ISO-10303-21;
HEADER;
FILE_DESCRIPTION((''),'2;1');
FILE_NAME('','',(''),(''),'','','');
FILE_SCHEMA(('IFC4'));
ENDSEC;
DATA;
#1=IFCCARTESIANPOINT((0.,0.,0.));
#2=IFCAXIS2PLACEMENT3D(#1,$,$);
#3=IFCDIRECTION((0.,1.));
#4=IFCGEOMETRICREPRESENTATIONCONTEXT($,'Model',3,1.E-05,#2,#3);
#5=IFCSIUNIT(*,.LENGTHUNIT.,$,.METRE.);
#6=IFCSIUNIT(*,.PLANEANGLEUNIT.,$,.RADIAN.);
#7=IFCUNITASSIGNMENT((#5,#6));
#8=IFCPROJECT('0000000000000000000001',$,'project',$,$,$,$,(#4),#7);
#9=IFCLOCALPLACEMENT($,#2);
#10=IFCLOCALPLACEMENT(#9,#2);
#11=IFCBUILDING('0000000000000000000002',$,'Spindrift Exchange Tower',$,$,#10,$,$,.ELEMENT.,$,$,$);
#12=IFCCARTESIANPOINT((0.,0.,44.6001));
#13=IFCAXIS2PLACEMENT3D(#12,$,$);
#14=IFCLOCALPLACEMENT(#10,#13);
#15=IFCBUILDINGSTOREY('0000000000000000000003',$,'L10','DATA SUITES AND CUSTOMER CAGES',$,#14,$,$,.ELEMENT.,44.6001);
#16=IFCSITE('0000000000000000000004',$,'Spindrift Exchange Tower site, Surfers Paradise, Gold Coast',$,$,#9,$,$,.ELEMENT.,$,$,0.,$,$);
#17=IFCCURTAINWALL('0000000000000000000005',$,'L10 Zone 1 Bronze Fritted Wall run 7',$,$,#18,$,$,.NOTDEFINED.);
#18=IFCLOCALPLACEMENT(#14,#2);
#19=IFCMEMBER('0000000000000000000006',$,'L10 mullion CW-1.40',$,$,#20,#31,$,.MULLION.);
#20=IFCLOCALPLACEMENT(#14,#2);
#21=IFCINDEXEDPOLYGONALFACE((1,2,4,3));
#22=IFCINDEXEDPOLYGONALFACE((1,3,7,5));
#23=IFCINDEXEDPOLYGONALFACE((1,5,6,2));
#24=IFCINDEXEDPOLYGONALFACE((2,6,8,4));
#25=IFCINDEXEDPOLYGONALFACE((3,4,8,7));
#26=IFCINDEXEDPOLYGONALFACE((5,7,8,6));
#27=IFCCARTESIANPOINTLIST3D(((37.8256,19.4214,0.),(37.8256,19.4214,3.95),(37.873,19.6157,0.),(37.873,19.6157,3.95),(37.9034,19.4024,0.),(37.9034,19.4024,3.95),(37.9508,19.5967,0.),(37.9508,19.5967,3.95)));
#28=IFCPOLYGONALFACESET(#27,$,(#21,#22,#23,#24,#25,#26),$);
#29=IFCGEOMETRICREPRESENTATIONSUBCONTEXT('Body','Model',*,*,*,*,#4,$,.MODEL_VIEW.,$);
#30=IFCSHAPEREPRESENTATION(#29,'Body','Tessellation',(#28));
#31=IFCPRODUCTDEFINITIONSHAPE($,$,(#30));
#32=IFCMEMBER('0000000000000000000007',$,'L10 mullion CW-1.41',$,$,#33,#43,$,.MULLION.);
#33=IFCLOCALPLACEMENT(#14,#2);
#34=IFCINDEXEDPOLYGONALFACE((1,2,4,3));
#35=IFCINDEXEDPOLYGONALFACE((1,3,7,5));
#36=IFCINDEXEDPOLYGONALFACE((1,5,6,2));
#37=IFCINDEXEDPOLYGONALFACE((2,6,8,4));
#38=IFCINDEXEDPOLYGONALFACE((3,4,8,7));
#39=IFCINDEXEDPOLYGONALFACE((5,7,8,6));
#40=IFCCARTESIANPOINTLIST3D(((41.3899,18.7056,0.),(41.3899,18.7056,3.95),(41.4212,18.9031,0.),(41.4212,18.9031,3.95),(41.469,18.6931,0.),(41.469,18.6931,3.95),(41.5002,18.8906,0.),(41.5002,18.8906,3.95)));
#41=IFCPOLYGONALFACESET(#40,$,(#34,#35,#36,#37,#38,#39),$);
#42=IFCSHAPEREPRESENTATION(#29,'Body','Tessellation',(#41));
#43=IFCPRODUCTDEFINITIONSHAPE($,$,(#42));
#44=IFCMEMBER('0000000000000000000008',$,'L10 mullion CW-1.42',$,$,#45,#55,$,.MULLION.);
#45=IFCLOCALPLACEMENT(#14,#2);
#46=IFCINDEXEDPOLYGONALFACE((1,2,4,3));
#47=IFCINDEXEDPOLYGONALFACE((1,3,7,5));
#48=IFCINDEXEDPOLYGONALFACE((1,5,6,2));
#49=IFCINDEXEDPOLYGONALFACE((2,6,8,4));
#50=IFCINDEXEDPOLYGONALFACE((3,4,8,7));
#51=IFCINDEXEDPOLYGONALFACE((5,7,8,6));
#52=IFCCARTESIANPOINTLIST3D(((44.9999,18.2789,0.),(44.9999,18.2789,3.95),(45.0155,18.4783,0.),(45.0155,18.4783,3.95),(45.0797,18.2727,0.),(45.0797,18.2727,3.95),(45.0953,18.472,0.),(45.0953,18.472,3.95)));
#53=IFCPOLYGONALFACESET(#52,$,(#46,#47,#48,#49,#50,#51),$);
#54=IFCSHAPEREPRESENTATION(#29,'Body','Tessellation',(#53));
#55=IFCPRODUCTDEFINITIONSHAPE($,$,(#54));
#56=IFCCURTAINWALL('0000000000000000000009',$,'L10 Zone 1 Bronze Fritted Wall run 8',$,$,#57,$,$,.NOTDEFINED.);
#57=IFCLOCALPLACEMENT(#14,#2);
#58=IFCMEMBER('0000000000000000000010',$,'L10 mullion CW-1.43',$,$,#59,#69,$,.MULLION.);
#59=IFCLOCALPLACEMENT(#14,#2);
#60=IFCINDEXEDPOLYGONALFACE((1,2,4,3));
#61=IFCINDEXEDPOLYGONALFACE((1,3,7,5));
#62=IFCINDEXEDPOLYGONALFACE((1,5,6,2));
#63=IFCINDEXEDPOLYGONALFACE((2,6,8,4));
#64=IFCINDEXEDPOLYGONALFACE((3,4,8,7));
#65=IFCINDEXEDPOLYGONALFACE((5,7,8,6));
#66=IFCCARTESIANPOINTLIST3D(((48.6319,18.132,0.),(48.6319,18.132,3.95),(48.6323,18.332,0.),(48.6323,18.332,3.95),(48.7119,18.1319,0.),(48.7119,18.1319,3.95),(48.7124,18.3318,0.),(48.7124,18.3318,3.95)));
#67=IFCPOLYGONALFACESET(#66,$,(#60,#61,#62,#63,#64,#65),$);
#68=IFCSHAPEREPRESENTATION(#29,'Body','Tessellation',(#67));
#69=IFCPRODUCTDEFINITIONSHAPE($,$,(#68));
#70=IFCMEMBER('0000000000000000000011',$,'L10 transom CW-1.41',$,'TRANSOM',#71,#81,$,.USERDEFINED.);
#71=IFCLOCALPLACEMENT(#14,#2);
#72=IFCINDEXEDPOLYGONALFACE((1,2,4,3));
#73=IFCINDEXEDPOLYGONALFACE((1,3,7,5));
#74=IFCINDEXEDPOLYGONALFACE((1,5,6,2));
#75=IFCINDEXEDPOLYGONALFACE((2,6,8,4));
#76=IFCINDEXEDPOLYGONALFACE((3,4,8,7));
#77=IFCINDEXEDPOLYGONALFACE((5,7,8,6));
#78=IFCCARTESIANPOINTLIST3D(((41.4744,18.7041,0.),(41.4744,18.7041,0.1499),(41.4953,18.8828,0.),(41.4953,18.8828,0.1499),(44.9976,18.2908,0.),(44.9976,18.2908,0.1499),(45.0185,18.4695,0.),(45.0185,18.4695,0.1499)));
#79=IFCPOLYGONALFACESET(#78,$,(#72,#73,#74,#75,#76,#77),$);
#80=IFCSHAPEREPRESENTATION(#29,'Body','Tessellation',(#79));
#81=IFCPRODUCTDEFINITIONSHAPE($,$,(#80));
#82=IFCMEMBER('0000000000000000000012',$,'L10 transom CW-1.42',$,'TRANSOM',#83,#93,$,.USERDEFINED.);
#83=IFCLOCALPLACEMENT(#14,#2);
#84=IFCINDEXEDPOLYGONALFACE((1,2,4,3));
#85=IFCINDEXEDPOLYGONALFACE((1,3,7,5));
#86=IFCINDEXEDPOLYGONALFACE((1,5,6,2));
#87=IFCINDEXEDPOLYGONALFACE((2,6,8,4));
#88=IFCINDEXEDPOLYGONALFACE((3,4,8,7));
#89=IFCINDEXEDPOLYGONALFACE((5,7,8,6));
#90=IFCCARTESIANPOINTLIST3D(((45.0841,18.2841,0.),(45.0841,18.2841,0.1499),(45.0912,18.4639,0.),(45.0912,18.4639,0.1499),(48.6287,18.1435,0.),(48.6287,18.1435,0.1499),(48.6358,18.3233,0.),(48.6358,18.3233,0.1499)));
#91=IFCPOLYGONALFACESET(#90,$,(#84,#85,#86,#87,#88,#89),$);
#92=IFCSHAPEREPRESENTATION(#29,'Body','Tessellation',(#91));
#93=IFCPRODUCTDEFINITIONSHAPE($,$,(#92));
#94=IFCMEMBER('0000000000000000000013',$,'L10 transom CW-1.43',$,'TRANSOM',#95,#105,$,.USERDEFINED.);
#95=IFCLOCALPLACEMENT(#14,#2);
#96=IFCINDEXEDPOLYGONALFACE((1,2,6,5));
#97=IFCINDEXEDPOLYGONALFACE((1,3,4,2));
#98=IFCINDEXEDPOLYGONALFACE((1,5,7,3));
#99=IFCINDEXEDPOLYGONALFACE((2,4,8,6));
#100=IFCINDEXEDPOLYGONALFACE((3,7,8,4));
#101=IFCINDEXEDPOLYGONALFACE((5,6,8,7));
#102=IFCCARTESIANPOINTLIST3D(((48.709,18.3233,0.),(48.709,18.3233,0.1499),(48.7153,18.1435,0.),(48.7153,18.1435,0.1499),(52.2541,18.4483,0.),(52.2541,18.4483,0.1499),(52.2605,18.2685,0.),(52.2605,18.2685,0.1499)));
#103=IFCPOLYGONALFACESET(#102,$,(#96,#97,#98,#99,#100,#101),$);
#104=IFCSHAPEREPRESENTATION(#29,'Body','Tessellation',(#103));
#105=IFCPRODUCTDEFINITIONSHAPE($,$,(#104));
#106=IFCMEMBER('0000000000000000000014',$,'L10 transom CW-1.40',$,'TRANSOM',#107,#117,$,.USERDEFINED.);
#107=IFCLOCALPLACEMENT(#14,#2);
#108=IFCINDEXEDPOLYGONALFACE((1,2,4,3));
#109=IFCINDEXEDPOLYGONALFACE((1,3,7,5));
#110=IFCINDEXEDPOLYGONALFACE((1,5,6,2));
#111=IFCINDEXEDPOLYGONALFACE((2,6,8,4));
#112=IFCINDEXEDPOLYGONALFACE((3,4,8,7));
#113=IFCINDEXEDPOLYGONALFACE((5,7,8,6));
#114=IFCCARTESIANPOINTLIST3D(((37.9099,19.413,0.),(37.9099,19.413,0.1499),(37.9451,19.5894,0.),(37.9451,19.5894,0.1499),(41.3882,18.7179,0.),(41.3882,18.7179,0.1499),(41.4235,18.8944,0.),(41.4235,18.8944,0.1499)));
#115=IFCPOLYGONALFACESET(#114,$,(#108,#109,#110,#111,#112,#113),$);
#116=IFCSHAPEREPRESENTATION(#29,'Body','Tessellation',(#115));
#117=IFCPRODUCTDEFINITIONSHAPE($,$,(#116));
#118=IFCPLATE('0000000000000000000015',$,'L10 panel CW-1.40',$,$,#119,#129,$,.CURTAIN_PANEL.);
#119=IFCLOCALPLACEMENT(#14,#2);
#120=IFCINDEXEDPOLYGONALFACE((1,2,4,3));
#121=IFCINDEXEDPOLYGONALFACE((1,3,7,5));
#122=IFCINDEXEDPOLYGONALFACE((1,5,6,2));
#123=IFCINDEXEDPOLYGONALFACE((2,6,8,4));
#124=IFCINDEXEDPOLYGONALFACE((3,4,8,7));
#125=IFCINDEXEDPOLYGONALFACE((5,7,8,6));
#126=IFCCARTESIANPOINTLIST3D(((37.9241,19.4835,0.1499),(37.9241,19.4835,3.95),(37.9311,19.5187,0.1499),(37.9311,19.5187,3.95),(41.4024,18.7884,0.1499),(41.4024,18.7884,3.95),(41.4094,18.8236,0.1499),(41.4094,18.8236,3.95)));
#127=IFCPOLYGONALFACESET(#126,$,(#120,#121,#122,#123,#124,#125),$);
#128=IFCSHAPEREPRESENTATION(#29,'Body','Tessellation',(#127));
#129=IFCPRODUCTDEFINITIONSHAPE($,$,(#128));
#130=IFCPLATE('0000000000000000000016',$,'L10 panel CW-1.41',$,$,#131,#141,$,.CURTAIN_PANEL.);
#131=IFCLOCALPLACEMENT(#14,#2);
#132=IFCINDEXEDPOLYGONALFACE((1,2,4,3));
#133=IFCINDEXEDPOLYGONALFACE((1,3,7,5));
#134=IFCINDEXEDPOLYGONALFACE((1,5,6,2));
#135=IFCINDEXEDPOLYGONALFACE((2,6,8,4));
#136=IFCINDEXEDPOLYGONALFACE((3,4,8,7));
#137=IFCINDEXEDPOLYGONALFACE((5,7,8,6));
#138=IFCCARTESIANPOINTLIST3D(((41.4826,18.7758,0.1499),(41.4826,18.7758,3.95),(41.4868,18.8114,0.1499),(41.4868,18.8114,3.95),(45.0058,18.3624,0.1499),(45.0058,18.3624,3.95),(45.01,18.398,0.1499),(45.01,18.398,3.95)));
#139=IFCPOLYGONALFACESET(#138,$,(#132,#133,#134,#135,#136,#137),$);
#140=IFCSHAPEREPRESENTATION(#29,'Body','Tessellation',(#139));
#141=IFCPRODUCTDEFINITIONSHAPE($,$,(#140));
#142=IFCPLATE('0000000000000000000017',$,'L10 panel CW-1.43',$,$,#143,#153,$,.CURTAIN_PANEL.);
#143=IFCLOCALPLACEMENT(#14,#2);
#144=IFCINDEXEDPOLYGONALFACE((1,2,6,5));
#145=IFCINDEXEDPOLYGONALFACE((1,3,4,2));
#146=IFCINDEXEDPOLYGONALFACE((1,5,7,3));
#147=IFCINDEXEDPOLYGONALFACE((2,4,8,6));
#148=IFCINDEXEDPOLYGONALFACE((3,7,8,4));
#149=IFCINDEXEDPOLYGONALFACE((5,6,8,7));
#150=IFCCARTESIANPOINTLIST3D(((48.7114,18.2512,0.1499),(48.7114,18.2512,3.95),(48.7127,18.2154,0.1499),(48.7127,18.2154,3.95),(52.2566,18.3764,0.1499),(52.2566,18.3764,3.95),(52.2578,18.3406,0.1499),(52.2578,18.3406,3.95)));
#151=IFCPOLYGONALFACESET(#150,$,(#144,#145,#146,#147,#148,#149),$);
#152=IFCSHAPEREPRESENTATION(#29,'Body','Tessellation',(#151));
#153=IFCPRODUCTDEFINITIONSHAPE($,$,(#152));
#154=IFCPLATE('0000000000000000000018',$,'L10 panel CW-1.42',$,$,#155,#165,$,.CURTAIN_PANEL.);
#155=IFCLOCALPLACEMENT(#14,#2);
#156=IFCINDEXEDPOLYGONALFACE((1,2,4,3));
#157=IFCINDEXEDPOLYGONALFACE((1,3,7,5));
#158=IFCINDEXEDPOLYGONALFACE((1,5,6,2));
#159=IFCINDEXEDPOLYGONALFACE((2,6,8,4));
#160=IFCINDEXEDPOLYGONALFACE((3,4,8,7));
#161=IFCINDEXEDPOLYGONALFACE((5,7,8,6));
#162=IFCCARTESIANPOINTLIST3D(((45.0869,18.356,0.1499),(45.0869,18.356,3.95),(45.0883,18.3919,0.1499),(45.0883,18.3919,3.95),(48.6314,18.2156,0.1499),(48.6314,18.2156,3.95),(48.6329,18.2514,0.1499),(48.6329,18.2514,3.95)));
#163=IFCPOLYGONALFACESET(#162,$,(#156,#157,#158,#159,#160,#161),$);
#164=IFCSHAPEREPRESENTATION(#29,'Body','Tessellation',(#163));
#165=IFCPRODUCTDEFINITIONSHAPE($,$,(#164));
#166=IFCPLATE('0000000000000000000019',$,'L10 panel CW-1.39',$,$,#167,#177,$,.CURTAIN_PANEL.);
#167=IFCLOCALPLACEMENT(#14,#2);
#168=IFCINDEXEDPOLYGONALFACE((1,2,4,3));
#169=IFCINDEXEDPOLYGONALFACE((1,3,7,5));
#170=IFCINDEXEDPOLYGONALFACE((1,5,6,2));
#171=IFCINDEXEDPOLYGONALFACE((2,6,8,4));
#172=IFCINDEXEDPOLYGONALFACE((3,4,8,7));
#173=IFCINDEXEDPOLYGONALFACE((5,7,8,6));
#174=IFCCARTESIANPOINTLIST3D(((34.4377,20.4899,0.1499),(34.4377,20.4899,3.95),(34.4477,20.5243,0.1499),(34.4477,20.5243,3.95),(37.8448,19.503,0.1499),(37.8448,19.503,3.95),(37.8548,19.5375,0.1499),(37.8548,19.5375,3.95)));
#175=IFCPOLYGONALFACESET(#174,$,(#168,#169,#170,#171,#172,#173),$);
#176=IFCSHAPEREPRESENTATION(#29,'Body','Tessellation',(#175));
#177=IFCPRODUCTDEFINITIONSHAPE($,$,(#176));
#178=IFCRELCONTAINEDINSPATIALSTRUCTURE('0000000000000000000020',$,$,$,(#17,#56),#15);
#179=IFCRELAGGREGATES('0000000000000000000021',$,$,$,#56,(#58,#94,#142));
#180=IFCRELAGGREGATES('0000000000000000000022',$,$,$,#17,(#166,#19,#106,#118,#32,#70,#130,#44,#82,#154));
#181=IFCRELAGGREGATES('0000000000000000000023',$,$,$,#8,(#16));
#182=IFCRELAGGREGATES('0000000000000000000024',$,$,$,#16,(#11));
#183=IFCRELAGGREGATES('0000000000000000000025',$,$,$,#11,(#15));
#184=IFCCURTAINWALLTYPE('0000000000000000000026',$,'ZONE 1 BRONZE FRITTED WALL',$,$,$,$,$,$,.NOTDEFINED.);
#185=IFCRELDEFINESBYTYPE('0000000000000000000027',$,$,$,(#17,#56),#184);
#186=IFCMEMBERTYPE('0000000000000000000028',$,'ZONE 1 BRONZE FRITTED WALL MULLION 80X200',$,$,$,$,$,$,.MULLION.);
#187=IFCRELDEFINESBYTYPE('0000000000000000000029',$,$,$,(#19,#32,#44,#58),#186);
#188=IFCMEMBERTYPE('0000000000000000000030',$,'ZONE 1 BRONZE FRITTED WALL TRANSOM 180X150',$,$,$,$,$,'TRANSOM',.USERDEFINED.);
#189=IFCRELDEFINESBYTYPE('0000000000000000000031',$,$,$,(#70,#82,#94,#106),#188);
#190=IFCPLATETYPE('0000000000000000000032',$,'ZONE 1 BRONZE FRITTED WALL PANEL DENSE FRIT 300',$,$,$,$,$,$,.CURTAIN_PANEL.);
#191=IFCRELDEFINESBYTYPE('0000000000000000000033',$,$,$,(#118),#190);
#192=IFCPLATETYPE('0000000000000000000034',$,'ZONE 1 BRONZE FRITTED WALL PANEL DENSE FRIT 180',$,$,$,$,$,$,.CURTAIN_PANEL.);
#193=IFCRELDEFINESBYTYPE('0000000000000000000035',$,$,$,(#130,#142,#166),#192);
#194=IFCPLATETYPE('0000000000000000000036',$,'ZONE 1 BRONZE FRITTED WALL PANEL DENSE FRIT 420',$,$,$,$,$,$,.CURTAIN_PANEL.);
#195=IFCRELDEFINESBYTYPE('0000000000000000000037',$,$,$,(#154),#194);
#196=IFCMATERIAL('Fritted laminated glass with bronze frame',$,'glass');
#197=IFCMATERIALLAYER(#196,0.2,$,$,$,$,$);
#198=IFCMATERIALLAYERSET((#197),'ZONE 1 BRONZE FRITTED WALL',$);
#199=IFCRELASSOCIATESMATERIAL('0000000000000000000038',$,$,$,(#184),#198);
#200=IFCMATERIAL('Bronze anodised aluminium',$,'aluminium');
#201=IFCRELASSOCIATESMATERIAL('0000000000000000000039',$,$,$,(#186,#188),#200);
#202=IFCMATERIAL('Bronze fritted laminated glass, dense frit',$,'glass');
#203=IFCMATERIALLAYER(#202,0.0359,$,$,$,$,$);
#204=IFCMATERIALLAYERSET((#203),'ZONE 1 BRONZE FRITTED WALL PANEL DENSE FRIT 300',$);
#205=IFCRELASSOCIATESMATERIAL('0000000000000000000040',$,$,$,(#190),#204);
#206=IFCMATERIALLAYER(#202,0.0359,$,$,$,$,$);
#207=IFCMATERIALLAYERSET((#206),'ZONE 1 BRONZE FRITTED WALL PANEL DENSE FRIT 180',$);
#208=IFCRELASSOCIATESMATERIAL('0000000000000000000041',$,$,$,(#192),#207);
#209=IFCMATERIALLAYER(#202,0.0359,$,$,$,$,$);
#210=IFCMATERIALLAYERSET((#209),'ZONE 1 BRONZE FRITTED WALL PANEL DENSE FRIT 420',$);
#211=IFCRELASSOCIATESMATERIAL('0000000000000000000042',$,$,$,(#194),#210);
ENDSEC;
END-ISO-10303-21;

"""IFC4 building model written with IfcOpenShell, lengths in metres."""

from ifc_helpers import new_model, si_unit, direction, frame, origin, origin_2d, place, context, subcontext, project, spatial, rectangle, extrude, source, transform, mapped, material, layer, layer_set, material_profile, profile_set, type_object, element, aggregate, save


model = new_model("IFC4")

# Units and contexts
model_context = context("Model", 3, precision=1e-05, world=origin(), true_north=direction((0.0, 1.0)))
body_context = subcontext(model_context, "Body", "Model", "MODEL_VIEW")
ifc_project = project(units=[si_unit("LENGTHUNIT", "METRE"), si_unit("PLANEANGLEUNIT", "RADIAN")], contexts=[model_context])

# Site, building, storey
site_placement = place(None, origin())
site = spatial("IfcSite", under=ifc_project, at=site_placement, Name="Spindrift Exchange Tower site, Surfers Paradise, Gold Coast", CompositionType="ELEMENT", RefElevation=0.0)
building_placement = place(site_placement, origin())
building = spatial("IfcBuilding", under=site, at=building_placement, Name="Spindrift Exchange Tower", CompositionType="ELEMENT")
storey_placement = place(building_placement, frame((0.0, 0.0, 44.6001)))
storey = spatial("IfcBuildingStorey", under=building, at=storey_placement, Name="L10", Description="DATA SUITES AND CUSTOMER CAGES", CompositionType="ELEMENT", Elevation=44.6001)

# Curtain wall, members
ifc_material_1 = material(Name="Fritted laminated glass with bronze frame", Category="glass")
ifc_layer_1 = layer(ifc_material_1, 0.2)
ifc_layer_set_1 = layer_set([ifc_layer_1], Name="ZONE 1 BRONZE FRITTED WALL")
curtain_wall_type = type_object("IfcCurtainWallType", Name="ZONE 1 BRONZE FRITTED WALL", PredefinedType="NOTDEFINED", material=ifc_layer_set_1)
curtain_wall_1_placement = place(storey_placement, origin())
curtain_wall_1 = element("IfcCurtainWall", 1, at=curtain_wall_1_placement, inside=storey, type_object=curtain_wall_type, Name="L10 Zone 1 Bronze Fritted Wall run 7", PredefinedType="NOTDEFINED")
ifc_material_2 = material(Name="Bronze anodised aluminium", Category="aluminium")
ifc_material_profile_1 = material_profile(ifc_material_2, rectangle(XDim=0.0801, YDim=0.2, at=origin_2d()), Name="ZONE 1 BRONZE FRITTED WALL MULLION 80X200")
ifc_profile_set_1 = profile_set([ifc_material_profile_1], Name="Bronze anodised aluminium")
member_type_1 = type_object("IfcMemberType", Name="ZONE 1 BRONZE FRITTED WALL MULLION 80X200", PredefinedType="MULLION", material=ifc_profile_set_1)
shared_shape_1 = source(origin(), body_context, "Body", "SweptSolid", [
    extrude(rectangle(XDim=0.0801, YDim=0.2, at=origin_2d()), origin(), (0.0, 0.0, 1.0), 3.95),
])
member_1_placement = place(storey_placement, frame((37.8882, 19.509, 0.0), z_axis=(0.0, 0.0, 1.0), x_axis=(0.971436, -0.237302, 0.0)))
member_1 = element("IfcMember", 2, at=member_1_placement, type_object=member_type_1, Name="L10 mullion CW-1.40", PredefinedType="MULLION", context=body_context, shape_type="MappedRepresentation", body=[
    mapped(shared_shape_1, transform((0.0, 0.0, 0.0), scale=1.0)),
])
member_2_placement = place(storey_placement, frame((41.4451, 18.7981, 0.0), z_axis=(0.0, 0.0, 1.0), x_axis=(0.987698, -0.156377, 0.0)))
member_2 = element("IfcMember", 3, at=member_2_placement, type_object=member_type_1, Name="L10 mullion CW-1.41", PredefinedType="MULLION", context=body_context, shape_type="MappedRepresentation", body=[
    mapped(shared_shape_1, transform((0.0, 0.0, 0.0), scale=1.0)),
])
member_3_placement = place(storey_placement, frame((45.0476, 18.3755, 0.0), z_axis=(0.0, 0.0, 1.0), x_axis=(0.996944, -0.078119, 0.0)))
member_3 = element("IfcMember", 4, at=member_3_placement, type_object=member_type_1, Name="L10 mullion CW-1.42", PredefinedType="MULLION", context=body_context, shape_type="MappedRepresentation", body=[
    mapped(shared_shape_1, transform((0.0, 0.0, 0.0), scale=1.0)),
])

# Curtain wall, member
curtain_wall_2_placement = place(storey_placement, origin())
curtain_wall_2 = element("IfcCurtainWall", 5, at=curtain_wall_2_placement, inside=storey, type_object=curtain_wall_type, Name="L10 Zone 1 Bronze Fritted Wall run 8", PredefinedType="NOTDEFINED")
member_4_placement = place(storey_placement, frame((48.6721, 18.2319, 0.0), z_axis=(0.0, 0.0, 1.0), x_axis=(0.999998, -0.002152, 0.0)))
member_4 = element("IfcMember", 6, at=member_4_placement, type_object=member_type_1, Name="L10 mullion CW-1.43", PredefinedType="MULLION", context=body_context, shape_type="MappedRepresentation", body=[
    mapped(shared_shape_1, transform((0.0, 0.0, 0.0), scale=1.0)),
])

# Members
ifc_material_profile_2 = material_profile(ifc_material_2, rectangle(XDim=0.1799, YDim=0.1499, at=origin_2d()), Name="ZONE 1 BRONZE FRITTED WALL TRANSOM 180X150")
ifc_profile_set_2 = profile_set([ifc_material_profile_2], Name="Bronze anodised aluminium")
member_type_2 = type_object("IfcMemberType", Name="ZONE 1 BRONZE FRITTED WALL TRANSOM 180X150", ElementType="TRANSOM", PredefinedType="USERDEFINED", material=ifc_profile_set_2)
shared_shape_2 = source(origin(), body_context, "Body", "SweptSolid", [
    extrude(rectangle(XDim=0.1799, YDim=0.1499, at=origin_2d()), origin(), (0.0, 0.0, 1.0), 3.5474),
])
member_5_placement = place(storey_placement, frame((41.4849, 18.7935, 0.075), z_axis=(0.993189, -0.116518, 0.0), x_axis=(0.116518, 0.993189, 0.0)))
member_5 = element("IfcMember", 7, at=member_5_placement, type_object=member_type_2, Name="L10 transom CW-1.41", ObjectType="TRANSOM", PredefinedType="USERDEFINED", context=body_context, shape_type="MappedRepresentation", body=[
    mapped(shared_shape_2, transform((0.0, 0.0, 0.0), scale=1.0)),
])
member_6_placement = place(storey_placement, frame((45.0876, 18.374, 0.075), z_axis=(0.999214, -0.039641, 0.0), x_axis=(0.039641, 0.999214, 0.0)))
member_6 = element("IfcMember", 8, at=member_6_placement, type_object=member_type_2, Name="L10 transom CW-1.42", ObjectType="TRANSOM", PredefinedType="USERDEFINED", context=body_context, shape_type="MappedRepresentation", body=[
    mapped(shared_shape_2, transform((0.0, 0.0, 0.0), scale=1.0)),
])
member_7_placement = place(storey_placement, frame((48.7122, 18.2334, 0.075), z_axis=(0.999379, 0.035237, 0.0), x_axis=(-0.035237, 0.999379, 0.0)))
member_7 = element("IfcMember", 9, at=member_7_placement, type_object=member_type_2, Name="L10 transom CW-1.43", ObjectType="TRANSOM", PredefinedType="USERDEFINED", context=body_context, shape_type="MappedRepresentation", body=[
    mapped(shared_shape_2, transform((0.0, 0.0, 0.0), scale=1.0)),
])
shared_shape_3 = source(origin(), body_context, "Body", "SweptSolid", [
    extrude(rectangle(XDim=0.1799, YDim=0.1499, at=origin_2d()), origin(), (0.0, 0.0, 1.0), 3.5471),
])
member_8_placement = place(storey_placement, frame((37.9275, 19.5012, 0.075), z_axis=(0.980612, -0.195957, 0.0), x_axis=(0.195957, 0.980612, 0.0)))
member_8 = element("IfcMember", 10, at=member_8_placement, type_object=member_type_2, Name="L10 transom CW-1.40", ObjectType="TRANSOM", PredefinedType="USERDEFINED", context=body_context, shape_type="MappedRepresentation", body=[
    mapped(shared_shape_3, transform((0.0, 0.0, 0.0), scale=1.0)),
])

# Plates
ifc_material_3 = material(Name="Bronze fritted laminated glass, dense frit", Category="glass")
ifc_layer_2 = layer(ifc_material_3, 0.0359)
ifc_layer_set_2 = layer_set([ifc_layer_2], Name="ZONE 1 BRONZE FRITTED WALL PANEL DENSE FRIT 300")
plate_type_1 = type_object("IfcPlateType", Name="ZONE 1 BRONZE FRITTED WALL PANEL DENSE FRIT 300", PredefinedType="CURTAIN_PANEL", material=ifc_layer_set_2)
shared_shape_4 = source(origin(), body_context, "Body", "SweptSolid", [
    extrude(rectangle(XDim=3.5471, YDim=0.0359, at=origin_2d()), origin(), (0.0, 0.0, 1.0), 3.8),
])
plate_1_placement = place(storey_placement, frame((39.6667, 19.1536, 0.1499), z_axis=(0.0, 0.0, 1.0), x_axis=(0.98061, -0.195968, 0.0)))
plate_1 = element("IfcPlate", 11, at=plate_1_placement, type_object=plate_type_1, Name="L10 panel CW-1.40", PredefinedType="CURTAIN_PANEL", context=body_context, shape_type="MappedRepresentation", body=[
    mapped(shared_shape_4, transform((0.0, 0.0, 0.0), scale=1.0)),
])
ifc_layer_3 = layer(ifc_material_3, 0.0359)
ifc_layer_set_3 = layer_set([ifc_layer_3], Name="ZONE 1 BRONZE FRITTED WALL PANEL DENSE FRIT 180")
plate_type_2 = type_object("IfcPlateType", Name="ZONE 1 BRONZE FRITTED WALL PANEL DENSE FRIT 180", PredefinedType="CURTAIN_PANEL", material=ifc_layer_set_3)
shared_shape_5 = source(origin(), body_context, "Body", "SweptSolid", [
    extrude(rectangle(XDim=3.5474, YDim=0.0359, at=origin_2d()), origin(), (0.0, 0.0, 1.0), 3.8),
])
plate_2_placement = place(storey_placement, frame((43.2463, 18.5869, 0.1499), z_axis=(0.0, 0.0, 1.0), x_axis=(0.993187, -0.116532, 0.0)))
plate_2 = element("IfcPlate", 12, at=plate_2_placement, type_object=plate_type_2, Name="L10 panel CW-1.41", PredefinedType="CURTAIN_PANEL", context=body_context, shape_type="MappedRepresentation", body=[
    mapped(shared_shape_5, transform((0.0, 0.0, 0.0), scale=1.0)),
])
plate_3_placement = place(storey_placement, frame((50.4846, 18.2959, 0.1499), z_axis=(0.0, 0.0, 1.0), x_axis=(0.999377, 0.035287, 0.0)))
plate_3 = element("IfcPlate", 13, at=plate_3_placement, type_object=plate_type_2, Name="L10 panel CW-1.43", PredefinedType="CURTAIN_PANEL", context=body_context, shape_type="MappedRepresentation", body=[
    mapped(shared_shape_5, transform((0.0, 0.0, 0.0), scale=1.0)),
])
aggregate(curtain_wall_2, [member_4, member_7, plate_3])
ifc_layer_4 = layer(ifc_material_3, 0.0359)
ifc_layer_set_4 = layer_set([ifc_layer_4], Name="ZONE 1 BRONZE FRITTED WALL PANEL DENSE FRIT 420")
plate_type_3 = type_object("IfcPlateType", Name="ZONE 1 BRONZE FRITTED WALL PANEL DENSE FRIT 420", PredefinedType="CURTAIN_PANEL", material=ifc_layer_set_4)
shared_shape_6 = source(origin(), body_context, "Body", "SweptSolid", [
    extrude(rectangle(XDim=3.5474, YDim=0.0359, at=origin_2d()), origin(), (0.0, 0.0, 1.0), 3.8),
])
plate_4_placement = place(storey_placement, frame((46.8599, 18.3037, 0.1499), z_axis=(0.0, 0.0, 1.0), x_axis=(0.999216, -0.039588, 0.0)))
plate_4 = element("IfcPlate", 14, at=plate_4_placement, type_object=plate_type_3, Name="L10 panel CW-1.42", PredefinedType="CURTAIN_PANEL", context=body_context, shape_type="MappedRepresentation", body=[
    mapped(shared_shape_6, transform((0.0, 0.0, 0.0), scale=1.0)),
])
shared_shape_7 = source(origin(), body_context, "Body", "SweptSolid", [
    extrude(rectangle(XDim=3.5471, YDim=0.0359, at=origin_2d()), origin(), (0.0, 0.0, 1.0), 3.8),
])
plate_5_placement = place(storey_placement, frame((36.1462, 20.0137, 0.1499), z_axis=(0.0, 0.0, 1.0), x_axis=(0.96052, -0.278212, 0.0)))
plate_5 = element("IfcPlate", 15, at=plate_5_placement, type_object=plate_type_2, Name="L10 panel CW-1.39", PredefinedType="CURTAIN_PANEL", context=body_context, shape_type="MappedRepresentation", body=[
    mapped(shared_shape_7, transform((0.0, 0.0, 0.0), scale=1.0)),
])
aggregate(curtain_wall_1, [plate_5, member_1, member_8, plate_1, member_2, member_5, plate_2, member_3, member_6, plate_4])

save(model, "model.ifc")
